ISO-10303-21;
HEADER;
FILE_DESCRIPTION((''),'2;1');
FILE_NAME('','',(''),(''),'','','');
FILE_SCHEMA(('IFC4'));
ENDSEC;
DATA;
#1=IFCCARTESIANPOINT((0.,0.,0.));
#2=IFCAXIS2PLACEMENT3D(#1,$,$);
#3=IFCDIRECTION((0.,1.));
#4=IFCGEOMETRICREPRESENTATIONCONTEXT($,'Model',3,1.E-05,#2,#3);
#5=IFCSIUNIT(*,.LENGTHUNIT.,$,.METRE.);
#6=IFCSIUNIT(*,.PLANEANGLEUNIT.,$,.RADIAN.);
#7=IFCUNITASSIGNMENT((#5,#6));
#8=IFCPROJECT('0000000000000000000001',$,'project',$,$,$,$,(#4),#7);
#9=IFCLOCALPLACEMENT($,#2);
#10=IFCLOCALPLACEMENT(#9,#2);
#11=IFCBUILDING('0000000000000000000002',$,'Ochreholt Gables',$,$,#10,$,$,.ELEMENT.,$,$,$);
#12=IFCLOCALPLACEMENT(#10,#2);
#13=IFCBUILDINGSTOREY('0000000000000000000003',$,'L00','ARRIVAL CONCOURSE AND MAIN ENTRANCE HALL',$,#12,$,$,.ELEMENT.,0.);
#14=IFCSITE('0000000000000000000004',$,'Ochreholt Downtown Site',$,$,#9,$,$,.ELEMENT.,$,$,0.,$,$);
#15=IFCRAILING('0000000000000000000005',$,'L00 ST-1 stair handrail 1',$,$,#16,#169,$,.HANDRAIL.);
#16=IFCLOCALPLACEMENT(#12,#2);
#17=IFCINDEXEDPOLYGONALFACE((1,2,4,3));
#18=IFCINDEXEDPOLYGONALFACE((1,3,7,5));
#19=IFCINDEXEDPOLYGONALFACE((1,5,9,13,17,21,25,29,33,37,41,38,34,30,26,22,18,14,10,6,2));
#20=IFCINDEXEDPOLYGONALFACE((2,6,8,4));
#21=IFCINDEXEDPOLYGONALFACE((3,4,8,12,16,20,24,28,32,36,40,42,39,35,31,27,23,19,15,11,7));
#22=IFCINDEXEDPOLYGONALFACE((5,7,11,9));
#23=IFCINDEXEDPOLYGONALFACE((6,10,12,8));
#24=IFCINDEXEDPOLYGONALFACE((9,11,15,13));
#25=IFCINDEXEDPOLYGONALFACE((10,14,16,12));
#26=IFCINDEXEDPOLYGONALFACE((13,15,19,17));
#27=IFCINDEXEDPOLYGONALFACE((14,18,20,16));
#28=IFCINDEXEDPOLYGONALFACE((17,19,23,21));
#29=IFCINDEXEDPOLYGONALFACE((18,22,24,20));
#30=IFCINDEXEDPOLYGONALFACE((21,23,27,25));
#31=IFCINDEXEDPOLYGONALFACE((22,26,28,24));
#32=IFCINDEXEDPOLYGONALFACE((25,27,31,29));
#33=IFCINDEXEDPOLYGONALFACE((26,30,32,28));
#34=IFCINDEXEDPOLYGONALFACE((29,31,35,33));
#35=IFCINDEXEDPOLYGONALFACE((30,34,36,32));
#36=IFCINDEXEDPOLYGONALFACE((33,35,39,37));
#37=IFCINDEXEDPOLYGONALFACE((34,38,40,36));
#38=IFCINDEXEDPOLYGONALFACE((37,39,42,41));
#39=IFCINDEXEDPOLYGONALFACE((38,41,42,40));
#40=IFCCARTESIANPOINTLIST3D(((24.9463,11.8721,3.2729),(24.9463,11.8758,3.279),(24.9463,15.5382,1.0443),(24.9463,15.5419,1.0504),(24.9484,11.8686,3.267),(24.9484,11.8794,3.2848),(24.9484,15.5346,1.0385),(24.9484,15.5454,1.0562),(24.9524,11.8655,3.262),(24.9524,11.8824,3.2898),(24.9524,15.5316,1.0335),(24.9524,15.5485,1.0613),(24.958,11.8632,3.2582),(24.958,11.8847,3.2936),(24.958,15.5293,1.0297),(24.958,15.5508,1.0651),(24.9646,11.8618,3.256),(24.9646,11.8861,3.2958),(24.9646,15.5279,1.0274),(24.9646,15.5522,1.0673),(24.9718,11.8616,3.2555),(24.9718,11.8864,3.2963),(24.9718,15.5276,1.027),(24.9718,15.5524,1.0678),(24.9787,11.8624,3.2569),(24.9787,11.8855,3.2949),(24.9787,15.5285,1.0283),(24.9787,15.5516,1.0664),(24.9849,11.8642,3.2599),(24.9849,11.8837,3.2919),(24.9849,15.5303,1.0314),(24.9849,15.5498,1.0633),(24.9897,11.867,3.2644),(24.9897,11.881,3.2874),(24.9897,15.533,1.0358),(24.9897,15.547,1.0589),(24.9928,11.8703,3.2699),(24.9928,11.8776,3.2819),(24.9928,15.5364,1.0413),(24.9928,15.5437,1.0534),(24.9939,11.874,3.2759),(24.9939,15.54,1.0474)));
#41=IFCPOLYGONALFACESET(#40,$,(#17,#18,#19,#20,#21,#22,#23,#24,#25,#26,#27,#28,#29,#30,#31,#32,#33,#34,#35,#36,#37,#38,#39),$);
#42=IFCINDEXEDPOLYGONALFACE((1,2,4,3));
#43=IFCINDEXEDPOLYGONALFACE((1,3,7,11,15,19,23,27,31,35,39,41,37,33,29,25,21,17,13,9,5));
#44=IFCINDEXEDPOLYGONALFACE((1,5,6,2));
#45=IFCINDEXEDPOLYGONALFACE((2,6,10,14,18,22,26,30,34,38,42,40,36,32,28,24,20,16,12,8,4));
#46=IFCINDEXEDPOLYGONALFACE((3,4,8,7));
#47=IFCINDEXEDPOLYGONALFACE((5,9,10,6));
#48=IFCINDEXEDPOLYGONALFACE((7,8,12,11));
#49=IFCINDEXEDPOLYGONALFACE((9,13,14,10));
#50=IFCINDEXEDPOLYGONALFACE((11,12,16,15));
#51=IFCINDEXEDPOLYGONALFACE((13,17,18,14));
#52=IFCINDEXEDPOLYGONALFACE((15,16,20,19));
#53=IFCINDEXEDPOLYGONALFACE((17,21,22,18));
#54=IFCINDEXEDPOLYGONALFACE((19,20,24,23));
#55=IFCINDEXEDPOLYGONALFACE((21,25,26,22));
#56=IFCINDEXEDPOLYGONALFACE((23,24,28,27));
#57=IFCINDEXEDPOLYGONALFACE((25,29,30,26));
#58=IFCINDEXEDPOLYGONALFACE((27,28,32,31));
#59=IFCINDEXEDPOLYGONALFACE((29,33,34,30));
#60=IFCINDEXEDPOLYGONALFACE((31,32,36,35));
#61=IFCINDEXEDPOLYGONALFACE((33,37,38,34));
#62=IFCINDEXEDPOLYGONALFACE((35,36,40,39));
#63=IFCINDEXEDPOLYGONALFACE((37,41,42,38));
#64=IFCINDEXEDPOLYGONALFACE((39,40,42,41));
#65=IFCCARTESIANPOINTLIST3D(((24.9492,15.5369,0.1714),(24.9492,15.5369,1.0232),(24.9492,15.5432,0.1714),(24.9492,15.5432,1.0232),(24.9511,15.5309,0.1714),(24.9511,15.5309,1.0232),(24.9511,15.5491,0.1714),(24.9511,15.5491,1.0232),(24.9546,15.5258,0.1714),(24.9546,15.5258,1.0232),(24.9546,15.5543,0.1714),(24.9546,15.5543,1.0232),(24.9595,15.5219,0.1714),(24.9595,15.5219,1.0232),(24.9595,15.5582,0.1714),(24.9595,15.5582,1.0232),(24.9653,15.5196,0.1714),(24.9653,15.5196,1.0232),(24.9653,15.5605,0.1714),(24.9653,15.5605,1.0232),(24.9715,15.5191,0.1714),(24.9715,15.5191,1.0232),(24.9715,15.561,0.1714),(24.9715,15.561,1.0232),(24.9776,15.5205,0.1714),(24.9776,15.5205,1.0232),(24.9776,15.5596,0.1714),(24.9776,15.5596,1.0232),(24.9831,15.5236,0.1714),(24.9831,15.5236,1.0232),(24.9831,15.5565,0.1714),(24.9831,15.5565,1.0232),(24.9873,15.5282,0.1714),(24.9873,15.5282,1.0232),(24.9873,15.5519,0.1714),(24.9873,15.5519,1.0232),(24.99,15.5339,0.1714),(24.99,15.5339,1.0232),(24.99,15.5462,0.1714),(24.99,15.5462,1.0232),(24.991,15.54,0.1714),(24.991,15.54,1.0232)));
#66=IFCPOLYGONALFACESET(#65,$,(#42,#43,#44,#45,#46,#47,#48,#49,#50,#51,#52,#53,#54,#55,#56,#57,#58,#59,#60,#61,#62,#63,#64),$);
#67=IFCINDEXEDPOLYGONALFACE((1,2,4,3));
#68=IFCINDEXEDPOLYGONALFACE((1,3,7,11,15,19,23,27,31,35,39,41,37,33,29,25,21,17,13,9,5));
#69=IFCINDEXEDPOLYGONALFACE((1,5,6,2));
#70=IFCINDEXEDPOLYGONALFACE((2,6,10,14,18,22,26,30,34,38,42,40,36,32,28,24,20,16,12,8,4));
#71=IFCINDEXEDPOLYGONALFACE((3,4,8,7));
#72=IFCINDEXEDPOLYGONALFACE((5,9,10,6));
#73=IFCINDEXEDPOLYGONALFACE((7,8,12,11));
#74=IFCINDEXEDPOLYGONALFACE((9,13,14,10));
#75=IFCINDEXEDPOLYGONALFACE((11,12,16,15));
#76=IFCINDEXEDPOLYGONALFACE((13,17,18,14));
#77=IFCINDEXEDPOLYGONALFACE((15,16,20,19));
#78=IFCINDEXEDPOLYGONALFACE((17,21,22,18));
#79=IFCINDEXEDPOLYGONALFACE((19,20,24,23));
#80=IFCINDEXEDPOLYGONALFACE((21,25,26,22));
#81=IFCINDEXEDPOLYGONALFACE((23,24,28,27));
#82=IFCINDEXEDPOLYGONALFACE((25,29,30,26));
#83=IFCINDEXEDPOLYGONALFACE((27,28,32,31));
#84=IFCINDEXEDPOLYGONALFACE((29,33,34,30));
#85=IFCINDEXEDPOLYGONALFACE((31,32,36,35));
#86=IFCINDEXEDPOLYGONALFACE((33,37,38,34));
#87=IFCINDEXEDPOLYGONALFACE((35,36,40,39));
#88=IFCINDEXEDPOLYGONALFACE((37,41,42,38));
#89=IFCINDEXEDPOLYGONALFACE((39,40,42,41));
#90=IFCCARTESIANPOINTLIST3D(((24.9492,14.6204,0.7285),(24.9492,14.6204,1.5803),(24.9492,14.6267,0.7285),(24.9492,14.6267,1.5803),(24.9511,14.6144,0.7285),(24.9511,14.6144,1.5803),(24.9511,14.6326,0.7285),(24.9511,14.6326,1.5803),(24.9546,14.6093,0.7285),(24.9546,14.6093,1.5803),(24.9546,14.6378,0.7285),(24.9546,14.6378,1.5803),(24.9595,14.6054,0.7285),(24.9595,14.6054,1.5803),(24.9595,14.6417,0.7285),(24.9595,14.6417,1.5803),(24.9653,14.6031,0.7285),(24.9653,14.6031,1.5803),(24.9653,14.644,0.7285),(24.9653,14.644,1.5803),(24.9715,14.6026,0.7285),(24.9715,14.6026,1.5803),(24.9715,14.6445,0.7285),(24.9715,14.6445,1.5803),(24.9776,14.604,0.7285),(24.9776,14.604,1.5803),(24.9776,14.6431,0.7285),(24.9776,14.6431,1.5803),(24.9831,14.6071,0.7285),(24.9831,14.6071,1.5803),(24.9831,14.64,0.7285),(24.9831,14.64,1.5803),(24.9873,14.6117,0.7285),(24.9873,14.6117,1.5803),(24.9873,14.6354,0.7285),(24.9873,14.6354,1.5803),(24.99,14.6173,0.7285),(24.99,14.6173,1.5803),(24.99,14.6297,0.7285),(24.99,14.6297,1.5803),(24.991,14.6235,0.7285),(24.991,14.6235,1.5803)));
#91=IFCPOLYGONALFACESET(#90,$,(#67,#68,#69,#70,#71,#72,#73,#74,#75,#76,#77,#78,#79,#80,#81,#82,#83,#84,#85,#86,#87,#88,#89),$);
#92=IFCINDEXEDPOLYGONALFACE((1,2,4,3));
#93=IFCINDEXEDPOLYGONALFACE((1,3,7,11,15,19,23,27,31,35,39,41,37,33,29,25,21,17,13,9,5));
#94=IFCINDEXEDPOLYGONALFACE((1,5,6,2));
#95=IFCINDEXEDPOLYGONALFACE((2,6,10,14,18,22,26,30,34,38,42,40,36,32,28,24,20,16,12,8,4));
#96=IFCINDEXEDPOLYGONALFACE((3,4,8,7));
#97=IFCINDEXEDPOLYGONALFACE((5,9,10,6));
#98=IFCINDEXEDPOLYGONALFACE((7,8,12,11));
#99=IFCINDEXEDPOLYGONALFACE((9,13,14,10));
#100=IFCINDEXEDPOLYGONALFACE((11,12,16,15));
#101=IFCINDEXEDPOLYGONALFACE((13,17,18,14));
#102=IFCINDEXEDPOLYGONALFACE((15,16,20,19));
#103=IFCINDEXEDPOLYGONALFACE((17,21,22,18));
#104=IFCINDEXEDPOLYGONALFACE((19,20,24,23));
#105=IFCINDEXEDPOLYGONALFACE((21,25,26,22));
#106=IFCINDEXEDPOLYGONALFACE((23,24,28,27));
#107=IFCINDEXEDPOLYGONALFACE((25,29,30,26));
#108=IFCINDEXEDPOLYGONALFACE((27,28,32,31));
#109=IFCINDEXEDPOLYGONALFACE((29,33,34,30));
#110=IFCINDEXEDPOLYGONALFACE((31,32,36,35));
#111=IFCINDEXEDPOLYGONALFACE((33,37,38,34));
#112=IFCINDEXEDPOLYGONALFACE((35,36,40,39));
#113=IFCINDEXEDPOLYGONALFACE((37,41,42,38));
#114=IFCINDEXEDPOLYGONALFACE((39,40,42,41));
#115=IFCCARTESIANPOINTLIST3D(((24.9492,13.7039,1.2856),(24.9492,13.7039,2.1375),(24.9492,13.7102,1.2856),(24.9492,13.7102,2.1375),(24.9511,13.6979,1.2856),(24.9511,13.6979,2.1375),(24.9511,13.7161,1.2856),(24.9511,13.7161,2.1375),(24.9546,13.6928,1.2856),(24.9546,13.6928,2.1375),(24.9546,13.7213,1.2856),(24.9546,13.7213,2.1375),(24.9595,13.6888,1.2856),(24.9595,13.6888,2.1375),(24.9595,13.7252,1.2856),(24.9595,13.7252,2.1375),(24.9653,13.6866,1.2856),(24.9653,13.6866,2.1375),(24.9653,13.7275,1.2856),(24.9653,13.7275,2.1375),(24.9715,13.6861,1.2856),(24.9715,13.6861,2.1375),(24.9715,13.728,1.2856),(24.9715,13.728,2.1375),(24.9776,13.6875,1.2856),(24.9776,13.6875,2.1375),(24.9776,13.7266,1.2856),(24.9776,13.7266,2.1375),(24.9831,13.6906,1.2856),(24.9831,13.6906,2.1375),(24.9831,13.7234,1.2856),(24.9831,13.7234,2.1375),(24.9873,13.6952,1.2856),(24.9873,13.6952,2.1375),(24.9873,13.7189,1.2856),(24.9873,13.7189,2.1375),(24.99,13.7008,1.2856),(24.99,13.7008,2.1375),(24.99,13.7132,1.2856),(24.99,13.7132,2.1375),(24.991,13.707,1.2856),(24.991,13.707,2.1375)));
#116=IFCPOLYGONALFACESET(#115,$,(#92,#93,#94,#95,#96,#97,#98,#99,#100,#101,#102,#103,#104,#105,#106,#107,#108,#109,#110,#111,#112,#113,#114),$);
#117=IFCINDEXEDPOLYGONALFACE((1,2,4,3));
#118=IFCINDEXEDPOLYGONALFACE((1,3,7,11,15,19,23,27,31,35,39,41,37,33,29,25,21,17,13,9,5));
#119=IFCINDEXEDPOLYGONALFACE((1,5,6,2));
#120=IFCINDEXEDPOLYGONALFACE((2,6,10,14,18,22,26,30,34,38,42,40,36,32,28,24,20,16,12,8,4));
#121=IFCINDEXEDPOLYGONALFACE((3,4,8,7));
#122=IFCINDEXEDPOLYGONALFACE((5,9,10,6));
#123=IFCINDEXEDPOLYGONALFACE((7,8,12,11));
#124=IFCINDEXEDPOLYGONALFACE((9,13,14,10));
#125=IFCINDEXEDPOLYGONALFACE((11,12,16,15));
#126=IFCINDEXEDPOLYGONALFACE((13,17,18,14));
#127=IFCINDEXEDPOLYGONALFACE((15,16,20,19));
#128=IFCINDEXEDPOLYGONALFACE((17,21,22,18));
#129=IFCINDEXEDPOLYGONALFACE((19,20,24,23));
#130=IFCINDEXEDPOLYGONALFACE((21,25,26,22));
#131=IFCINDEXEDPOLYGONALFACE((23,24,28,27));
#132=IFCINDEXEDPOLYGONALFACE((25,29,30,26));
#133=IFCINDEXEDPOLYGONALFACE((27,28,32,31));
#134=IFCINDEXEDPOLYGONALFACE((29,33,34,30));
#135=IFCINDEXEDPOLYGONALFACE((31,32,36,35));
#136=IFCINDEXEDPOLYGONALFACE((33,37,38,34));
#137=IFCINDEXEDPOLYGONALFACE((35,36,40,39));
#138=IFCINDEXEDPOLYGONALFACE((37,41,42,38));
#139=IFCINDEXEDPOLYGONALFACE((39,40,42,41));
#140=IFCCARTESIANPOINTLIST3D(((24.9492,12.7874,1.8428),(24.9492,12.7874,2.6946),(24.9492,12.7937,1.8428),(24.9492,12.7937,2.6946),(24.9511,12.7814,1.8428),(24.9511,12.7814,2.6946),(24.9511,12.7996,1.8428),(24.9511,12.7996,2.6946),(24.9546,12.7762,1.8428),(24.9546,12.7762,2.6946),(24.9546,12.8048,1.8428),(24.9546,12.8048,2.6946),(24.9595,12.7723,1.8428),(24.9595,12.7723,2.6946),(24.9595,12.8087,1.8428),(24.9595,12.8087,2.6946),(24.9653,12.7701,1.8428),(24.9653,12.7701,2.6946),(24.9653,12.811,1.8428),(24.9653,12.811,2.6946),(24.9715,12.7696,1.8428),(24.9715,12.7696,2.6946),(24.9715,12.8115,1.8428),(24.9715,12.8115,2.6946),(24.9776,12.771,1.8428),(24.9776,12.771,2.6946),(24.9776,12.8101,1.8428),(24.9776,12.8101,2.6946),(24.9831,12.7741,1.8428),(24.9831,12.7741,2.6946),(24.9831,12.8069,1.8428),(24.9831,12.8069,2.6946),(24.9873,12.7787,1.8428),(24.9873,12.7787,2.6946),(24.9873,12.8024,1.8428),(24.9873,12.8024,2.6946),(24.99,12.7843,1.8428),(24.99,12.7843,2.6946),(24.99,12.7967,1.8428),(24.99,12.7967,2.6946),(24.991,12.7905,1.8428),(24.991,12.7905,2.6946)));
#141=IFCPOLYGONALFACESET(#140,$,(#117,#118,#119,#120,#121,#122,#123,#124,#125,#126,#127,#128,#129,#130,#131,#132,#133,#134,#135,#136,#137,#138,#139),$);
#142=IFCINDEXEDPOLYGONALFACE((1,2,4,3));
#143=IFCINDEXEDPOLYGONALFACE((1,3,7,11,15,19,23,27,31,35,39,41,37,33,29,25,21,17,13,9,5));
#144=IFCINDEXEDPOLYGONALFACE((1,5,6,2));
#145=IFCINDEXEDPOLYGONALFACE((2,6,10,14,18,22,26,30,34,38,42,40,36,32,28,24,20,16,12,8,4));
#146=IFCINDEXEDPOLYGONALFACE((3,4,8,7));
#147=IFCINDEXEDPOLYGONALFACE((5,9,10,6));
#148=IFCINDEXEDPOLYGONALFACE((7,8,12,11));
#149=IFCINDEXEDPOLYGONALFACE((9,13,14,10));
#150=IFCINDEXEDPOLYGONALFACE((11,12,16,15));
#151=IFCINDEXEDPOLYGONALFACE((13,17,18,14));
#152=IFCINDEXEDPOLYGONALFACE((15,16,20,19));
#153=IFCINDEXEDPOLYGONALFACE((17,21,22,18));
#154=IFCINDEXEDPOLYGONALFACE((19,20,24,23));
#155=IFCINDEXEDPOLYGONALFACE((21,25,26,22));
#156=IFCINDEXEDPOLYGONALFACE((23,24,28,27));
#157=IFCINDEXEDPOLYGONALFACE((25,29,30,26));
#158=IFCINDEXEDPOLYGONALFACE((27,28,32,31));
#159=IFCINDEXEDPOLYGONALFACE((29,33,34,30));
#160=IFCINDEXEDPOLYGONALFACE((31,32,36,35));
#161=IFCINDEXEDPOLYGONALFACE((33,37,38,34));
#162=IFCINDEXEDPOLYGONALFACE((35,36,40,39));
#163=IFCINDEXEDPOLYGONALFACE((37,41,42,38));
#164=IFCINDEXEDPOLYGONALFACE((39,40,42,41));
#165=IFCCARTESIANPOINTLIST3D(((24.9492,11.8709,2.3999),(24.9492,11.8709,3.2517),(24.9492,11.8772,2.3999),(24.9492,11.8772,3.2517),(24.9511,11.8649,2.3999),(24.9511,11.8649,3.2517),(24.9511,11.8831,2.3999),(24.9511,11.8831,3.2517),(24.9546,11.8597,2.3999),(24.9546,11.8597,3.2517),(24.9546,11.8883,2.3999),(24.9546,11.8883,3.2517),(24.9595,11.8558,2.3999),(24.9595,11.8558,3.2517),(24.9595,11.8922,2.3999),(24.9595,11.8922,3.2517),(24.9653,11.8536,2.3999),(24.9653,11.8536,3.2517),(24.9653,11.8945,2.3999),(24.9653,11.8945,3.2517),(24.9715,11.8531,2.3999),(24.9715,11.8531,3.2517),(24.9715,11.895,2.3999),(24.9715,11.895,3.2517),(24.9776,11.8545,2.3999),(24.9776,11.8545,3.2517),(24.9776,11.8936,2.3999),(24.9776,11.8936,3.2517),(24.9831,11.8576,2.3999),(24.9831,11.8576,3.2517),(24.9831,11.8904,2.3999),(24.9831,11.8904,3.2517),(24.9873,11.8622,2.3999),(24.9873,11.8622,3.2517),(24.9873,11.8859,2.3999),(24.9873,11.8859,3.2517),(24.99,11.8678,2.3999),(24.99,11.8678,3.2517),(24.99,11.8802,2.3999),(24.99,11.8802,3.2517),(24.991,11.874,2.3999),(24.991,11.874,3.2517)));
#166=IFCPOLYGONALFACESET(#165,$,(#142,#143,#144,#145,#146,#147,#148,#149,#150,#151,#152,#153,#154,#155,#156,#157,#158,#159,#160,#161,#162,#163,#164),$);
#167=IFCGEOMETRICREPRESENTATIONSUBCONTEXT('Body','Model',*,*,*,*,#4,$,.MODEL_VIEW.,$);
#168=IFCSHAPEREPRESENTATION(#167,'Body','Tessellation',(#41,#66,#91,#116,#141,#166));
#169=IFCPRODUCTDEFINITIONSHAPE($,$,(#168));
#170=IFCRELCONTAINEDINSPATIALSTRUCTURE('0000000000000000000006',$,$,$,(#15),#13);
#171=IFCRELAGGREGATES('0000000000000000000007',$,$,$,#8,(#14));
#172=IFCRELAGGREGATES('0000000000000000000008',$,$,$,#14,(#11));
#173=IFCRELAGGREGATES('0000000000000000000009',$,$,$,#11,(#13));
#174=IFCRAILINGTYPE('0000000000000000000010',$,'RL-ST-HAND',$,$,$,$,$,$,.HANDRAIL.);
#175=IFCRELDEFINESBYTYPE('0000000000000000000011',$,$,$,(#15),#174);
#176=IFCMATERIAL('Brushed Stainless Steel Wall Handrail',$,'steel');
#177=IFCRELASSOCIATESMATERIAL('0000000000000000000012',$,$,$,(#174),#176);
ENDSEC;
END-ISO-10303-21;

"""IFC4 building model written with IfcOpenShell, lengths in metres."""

from ifc_helpers import new_model, si_unit, direction, frame, origin, origin_2d, place, context, subcontext, project, spatial, circle, extrude, material, type_object, element, save


model = new_model("IFC4")

# Units and contexts
model_context = context("Model", 3, precision=1e-05, world=origin(), true_north=direction((0.0, 1.0)))
body_context = subcontext(model_context, "Body", "Model", "MODEL_VIEW")
ifc_project = project(units=[si_unit("LENGTHUNIT", "METRE"), si_unit("PLANEANGLEUNIT", "RADIAN")], contexts=[model_context])

# Site, building, storey
site_placement = place(None, origin())
site = spatial("IfcSite", under=ifc_project, at=site_placement, Name="Ochreholt Downtown Site", CompositionType="ELEMENT", RefElevation=0.0)
building_placement = place(site_placement, origin())
building = spatial("IfcBuilding", under=site, at=building_placement, Name="Ochreholt Gables", CompositionType="ELEMENT")
storey_placement = place(building_placement, origin())
storey = spatial("IfcBuildingStorey", under=building, at=storey_placement, Name="L00", Description="ARRIVAL CONCOURSE AND MAIN ENTRANCE HALL", CompositionType="ELEMENT", Elevation=0.0)

# Railing
ifc_material_1 = material(Name="Brushed Stainless Steel Wall Handrail", Category="steel")
railing_type_1 = type_object("IfcRailingType", Name="RL-ST-HAND", PredefinedType="HANDRAIL", material=ifc_material_1)
railing_1_placement = place(storey_placement, frame((24.97, 15.54, 0.1714)))
element("IfcRailing", 1, at=railing_1_placement, inside=storey, type_object=railing_type_1, Name="L00 ST-1 stair handrail 1", PredefinedType="HANDRAIL", context=body_context, shape_type="SweptSolid", body=[
    extrude(circle(Radius=0.0239, at=origin_2d()), frame((0.0, 0.0, 0.876), z_axis=(0.0, -0.854506, 0.519441), x_axis=(1.0, 0.0, 0.0)), (0.0, 0.0, 1.0), 4.2903),
    extrude(circle(Radius=0.021, at=origin_2d()), origin(), (0.0, 0.0, 1.0), 0.8518),
    extrude(circle(Radius=0.021, at=origin_2d()), frame((0.0, -0.9165, 0.5571)), (0.0, 0.0, 1.0), 0.8518),
    extrude(circle(Radius=0.021, at=origin_2d()), frame((0.0, -1.833, 1.1143)), (0.0, 0.0, 1.0), 0.8518),
    extrude(circle(Radius=0.021, at=origin_2d()), frame((0.0, -2.7495, 1.6714)), (0.0, 0.0, 1.0), 0.8518),
    extrude(circle(Radius=0.021, at=origin_2d()), frame((0.0, -3.666, 2.2285)), (0.0, 0.0, 1.0), 0.8518),
])

save(model, "model.ifc")
